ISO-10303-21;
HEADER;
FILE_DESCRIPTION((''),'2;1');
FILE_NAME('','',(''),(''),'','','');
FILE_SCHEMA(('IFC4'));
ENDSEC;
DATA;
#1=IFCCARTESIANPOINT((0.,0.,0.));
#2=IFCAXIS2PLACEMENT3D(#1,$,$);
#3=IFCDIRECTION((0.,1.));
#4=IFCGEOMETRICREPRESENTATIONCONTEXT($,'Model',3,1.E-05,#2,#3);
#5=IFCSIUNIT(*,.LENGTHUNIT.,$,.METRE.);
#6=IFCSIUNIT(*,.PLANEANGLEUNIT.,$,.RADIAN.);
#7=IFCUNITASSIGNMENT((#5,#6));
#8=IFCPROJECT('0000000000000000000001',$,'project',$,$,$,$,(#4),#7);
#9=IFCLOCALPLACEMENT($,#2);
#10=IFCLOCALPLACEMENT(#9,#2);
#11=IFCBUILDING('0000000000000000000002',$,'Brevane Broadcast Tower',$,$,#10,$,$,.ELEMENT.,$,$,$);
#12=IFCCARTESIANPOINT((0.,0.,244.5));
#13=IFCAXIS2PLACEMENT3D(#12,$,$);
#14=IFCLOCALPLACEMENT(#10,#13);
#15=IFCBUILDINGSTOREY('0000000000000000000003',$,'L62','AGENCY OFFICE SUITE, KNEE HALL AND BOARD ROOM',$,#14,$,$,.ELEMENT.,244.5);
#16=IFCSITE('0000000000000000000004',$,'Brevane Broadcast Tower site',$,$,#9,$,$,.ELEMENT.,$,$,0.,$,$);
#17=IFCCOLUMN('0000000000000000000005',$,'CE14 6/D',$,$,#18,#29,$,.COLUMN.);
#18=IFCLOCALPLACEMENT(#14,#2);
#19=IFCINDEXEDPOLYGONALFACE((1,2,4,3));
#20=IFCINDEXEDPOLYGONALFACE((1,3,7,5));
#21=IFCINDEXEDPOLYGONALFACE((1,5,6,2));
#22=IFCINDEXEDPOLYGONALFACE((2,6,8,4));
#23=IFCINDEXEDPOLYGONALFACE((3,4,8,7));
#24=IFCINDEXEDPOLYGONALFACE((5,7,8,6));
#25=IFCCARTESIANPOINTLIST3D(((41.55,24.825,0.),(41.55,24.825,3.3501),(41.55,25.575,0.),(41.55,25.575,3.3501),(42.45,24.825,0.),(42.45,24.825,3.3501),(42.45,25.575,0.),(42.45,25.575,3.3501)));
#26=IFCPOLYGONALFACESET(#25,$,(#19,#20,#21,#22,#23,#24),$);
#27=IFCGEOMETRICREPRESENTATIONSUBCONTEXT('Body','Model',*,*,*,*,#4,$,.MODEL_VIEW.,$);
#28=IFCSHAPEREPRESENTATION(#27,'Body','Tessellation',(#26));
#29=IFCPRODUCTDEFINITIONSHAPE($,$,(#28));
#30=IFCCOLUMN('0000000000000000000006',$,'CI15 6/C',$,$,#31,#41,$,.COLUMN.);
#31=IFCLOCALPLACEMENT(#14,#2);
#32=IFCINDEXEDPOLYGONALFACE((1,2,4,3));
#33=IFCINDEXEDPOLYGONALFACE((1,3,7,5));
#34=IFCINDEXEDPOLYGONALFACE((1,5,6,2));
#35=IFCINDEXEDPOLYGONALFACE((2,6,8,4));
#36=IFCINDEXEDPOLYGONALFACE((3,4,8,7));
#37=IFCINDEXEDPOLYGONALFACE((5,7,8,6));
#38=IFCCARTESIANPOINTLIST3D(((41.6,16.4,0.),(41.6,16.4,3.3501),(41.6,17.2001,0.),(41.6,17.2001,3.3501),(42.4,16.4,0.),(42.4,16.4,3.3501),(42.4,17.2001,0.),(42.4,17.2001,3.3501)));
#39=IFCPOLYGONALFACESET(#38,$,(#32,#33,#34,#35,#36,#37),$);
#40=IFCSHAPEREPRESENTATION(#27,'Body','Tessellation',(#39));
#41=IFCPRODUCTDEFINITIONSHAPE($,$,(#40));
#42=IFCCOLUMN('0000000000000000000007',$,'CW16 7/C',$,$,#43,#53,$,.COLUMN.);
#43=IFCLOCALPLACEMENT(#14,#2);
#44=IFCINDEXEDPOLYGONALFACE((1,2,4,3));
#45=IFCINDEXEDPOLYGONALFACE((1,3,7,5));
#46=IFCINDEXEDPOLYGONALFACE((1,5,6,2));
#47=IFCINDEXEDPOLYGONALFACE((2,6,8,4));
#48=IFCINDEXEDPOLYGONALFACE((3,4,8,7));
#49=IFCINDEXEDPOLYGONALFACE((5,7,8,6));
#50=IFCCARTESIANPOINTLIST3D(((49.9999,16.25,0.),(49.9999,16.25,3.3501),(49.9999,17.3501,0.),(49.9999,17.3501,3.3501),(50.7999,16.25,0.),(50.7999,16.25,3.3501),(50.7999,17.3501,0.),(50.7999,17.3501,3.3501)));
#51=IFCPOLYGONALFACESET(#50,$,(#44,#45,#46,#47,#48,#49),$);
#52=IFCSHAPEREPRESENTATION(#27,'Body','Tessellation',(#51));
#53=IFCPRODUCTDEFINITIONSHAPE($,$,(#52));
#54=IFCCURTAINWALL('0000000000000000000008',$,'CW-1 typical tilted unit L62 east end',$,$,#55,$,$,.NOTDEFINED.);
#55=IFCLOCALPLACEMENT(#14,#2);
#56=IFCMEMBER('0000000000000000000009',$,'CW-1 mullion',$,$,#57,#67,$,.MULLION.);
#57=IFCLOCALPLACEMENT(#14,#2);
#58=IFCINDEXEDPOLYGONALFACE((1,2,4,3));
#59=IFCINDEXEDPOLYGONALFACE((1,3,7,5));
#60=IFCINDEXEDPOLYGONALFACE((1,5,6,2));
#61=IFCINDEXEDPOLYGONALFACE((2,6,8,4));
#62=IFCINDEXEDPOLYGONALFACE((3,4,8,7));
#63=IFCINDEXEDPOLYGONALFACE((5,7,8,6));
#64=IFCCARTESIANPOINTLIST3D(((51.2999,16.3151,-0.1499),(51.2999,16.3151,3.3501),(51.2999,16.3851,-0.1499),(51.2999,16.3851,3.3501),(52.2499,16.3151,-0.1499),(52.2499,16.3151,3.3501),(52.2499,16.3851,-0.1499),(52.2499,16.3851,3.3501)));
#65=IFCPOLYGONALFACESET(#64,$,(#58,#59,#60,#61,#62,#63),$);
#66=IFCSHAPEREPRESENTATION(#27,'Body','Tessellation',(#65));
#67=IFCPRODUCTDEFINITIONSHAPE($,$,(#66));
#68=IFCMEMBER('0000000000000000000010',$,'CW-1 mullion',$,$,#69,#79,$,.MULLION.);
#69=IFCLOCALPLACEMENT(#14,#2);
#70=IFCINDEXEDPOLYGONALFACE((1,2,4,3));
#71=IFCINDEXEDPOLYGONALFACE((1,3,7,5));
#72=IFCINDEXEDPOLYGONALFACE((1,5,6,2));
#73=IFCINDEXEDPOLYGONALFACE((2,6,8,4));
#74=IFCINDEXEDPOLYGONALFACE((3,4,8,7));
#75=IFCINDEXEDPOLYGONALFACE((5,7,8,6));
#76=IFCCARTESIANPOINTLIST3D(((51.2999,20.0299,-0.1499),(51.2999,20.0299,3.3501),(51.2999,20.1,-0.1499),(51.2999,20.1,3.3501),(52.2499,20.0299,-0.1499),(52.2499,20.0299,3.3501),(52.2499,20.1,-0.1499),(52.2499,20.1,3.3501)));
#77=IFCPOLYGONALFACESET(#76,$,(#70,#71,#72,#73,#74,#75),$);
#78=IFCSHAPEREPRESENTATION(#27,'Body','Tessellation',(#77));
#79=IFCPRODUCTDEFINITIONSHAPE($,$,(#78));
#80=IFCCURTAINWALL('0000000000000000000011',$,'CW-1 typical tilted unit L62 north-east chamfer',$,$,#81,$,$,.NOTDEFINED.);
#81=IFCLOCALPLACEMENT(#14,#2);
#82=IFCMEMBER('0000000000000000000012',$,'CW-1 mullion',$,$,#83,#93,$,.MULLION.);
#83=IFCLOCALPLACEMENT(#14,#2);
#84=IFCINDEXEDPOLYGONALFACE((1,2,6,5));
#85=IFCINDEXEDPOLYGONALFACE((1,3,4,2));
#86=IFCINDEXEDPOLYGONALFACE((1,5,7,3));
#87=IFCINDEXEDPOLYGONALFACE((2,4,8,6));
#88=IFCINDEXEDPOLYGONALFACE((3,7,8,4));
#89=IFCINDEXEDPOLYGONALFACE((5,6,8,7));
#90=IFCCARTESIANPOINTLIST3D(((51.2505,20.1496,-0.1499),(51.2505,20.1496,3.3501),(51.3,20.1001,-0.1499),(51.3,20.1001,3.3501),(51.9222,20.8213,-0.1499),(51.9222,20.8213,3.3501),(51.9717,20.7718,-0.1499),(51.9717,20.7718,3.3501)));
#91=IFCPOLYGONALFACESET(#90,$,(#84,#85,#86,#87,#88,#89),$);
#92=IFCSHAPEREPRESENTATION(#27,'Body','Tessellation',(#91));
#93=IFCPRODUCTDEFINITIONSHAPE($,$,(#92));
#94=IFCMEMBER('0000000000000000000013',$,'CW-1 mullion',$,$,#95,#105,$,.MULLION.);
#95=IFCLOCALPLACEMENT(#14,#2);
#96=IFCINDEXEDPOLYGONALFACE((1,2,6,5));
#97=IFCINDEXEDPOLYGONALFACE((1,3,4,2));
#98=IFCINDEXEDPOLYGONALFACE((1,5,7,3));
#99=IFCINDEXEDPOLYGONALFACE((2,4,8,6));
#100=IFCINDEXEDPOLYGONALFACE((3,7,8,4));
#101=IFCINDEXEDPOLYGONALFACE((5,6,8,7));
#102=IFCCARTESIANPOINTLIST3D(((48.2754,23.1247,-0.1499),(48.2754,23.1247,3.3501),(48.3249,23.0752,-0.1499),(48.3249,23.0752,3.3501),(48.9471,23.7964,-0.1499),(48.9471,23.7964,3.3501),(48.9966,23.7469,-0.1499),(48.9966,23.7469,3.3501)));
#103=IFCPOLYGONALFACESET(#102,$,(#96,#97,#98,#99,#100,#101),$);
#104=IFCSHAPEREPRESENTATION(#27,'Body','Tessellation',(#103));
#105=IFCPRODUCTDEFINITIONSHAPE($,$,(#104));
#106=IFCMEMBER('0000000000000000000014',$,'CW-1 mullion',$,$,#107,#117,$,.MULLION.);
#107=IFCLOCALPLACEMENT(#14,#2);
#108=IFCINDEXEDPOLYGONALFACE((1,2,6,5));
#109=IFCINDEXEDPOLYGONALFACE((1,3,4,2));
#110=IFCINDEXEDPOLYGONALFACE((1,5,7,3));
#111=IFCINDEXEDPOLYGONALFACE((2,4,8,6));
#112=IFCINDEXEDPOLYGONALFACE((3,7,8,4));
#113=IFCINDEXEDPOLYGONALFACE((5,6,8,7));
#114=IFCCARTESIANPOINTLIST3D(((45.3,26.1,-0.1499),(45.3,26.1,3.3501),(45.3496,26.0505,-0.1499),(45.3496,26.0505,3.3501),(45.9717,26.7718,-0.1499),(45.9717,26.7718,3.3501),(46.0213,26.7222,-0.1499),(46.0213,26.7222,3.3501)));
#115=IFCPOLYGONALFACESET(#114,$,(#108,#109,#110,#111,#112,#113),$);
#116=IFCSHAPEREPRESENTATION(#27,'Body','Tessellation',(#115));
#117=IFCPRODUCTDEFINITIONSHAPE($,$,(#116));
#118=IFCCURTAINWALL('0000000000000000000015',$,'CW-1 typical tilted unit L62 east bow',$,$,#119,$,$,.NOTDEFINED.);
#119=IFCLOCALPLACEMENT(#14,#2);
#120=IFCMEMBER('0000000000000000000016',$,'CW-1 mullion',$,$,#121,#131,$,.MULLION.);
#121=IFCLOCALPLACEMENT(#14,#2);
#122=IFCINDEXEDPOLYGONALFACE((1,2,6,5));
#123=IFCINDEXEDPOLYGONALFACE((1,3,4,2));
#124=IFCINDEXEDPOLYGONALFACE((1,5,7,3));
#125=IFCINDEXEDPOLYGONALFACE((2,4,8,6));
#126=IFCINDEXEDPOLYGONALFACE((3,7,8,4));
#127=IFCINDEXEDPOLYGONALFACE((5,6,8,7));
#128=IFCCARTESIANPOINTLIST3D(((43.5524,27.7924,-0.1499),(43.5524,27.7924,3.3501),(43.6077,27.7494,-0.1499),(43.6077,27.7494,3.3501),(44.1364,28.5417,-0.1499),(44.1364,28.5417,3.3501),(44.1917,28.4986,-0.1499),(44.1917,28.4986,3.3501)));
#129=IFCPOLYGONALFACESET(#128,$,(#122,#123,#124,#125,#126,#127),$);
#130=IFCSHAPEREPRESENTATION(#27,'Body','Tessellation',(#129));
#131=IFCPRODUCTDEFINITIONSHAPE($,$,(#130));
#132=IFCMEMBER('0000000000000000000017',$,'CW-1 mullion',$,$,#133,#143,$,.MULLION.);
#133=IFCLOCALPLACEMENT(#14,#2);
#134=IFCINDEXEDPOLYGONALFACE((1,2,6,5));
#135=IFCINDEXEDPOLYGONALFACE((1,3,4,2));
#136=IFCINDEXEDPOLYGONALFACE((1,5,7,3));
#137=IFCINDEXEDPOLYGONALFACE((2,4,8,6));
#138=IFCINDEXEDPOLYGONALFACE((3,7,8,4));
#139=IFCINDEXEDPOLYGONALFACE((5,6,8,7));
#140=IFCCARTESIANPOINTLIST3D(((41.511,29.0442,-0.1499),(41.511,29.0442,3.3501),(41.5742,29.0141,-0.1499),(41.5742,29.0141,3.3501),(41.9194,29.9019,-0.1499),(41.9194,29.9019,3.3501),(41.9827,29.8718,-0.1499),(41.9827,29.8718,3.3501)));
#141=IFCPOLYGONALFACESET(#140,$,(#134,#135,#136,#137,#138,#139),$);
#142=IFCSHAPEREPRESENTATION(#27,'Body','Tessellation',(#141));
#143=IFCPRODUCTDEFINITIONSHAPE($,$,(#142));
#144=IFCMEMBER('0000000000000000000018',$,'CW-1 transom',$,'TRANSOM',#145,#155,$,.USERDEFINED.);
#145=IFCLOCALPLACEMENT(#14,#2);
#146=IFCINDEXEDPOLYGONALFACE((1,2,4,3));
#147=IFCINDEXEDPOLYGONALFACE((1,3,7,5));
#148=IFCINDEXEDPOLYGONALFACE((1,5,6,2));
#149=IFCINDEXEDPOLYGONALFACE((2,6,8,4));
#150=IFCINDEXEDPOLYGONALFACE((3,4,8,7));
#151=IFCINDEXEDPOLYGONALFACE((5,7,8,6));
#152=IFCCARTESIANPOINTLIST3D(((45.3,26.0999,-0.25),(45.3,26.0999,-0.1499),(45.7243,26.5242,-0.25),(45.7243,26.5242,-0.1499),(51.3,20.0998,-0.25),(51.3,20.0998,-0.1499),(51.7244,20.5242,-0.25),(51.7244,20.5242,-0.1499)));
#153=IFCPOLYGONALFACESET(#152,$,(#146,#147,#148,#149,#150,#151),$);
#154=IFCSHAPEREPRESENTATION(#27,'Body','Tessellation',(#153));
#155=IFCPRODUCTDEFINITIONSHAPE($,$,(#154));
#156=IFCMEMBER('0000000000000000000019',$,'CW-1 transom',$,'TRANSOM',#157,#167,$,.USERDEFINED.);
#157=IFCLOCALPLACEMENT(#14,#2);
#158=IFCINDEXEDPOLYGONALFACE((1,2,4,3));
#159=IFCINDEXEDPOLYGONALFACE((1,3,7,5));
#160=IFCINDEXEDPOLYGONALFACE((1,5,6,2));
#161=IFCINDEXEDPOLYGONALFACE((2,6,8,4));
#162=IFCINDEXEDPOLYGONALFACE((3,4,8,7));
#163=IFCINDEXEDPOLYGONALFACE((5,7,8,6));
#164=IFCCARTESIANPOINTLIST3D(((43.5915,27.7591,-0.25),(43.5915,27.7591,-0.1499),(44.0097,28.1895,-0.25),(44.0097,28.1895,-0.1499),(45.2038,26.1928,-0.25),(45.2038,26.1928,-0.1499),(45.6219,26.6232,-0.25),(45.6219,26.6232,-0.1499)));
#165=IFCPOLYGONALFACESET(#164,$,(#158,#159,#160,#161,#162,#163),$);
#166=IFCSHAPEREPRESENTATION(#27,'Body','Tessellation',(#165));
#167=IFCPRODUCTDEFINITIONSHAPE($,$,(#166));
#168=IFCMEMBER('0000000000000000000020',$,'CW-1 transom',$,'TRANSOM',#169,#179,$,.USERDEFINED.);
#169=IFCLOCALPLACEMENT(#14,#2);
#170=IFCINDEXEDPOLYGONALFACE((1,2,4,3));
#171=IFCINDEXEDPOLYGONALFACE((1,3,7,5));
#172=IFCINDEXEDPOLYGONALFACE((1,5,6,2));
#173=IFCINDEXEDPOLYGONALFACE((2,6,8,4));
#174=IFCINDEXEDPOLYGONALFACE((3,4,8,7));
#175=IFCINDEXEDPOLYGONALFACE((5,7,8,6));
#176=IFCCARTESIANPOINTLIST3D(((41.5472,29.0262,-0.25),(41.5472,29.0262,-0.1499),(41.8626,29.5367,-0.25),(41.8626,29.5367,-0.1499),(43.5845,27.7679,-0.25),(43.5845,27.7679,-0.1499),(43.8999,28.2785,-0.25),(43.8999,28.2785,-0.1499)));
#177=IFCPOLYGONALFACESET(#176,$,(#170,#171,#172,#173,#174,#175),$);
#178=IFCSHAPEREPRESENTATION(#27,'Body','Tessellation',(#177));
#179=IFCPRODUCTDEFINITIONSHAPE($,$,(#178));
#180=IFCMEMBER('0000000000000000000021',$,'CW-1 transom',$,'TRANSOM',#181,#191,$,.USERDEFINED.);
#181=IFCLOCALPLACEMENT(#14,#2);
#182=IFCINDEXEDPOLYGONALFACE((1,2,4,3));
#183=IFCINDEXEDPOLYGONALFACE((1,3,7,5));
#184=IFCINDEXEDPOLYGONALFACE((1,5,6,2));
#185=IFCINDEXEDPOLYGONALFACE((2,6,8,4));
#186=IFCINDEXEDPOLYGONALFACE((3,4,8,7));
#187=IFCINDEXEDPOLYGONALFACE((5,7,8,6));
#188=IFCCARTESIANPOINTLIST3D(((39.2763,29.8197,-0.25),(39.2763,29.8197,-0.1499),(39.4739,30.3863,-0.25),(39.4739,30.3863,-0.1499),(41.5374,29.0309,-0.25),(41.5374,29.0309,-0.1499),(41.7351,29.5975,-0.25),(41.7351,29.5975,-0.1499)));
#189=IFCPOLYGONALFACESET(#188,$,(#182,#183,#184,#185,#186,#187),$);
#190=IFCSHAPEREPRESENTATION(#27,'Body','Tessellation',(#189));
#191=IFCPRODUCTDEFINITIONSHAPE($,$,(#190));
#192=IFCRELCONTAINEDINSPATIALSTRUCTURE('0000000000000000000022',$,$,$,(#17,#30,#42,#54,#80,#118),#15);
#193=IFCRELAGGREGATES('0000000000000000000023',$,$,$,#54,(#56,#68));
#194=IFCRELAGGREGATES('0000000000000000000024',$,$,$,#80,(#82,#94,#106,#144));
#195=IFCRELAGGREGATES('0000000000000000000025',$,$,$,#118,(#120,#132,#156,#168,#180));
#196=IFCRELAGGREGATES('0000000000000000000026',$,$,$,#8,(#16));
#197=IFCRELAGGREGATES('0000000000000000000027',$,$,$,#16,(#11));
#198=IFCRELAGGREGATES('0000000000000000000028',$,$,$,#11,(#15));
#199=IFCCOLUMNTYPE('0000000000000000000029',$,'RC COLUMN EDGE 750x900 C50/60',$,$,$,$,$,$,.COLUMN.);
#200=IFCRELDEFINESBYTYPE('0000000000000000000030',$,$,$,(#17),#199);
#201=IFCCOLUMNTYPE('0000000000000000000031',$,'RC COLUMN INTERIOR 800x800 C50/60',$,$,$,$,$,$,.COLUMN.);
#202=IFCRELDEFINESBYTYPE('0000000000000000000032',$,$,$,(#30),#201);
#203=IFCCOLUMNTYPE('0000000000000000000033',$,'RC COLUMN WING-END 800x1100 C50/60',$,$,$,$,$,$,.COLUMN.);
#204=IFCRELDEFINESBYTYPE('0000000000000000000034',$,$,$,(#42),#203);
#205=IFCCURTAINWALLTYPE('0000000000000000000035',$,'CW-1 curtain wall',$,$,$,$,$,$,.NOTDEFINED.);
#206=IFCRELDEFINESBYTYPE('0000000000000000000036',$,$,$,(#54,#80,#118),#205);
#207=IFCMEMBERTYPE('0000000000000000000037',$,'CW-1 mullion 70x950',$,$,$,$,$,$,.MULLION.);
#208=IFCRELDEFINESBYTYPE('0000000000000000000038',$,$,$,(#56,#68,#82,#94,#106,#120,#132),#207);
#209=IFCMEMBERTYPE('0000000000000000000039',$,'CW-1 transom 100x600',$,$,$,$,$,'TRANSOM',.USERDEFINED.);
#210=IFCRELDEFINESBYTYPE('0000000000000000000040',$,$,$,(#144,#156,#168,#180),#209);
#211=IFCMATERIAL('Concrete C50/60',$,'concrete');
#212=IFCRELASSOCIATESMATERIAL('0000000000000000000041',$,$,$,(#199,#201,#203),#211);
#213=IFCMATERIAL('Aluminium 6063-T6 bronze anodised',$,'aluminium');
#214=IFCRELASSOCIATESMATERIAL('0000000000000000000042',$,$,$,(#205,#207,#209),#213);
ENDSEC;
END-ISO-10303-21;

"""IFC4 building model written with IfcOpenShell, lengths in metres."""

from ifc_helpers import new_model, si_unit, direction, frame, origin, origin_2d, place, context, subcontext, project, spatial, rectangle, extrude, material, material_profile, profile_set, type_object, element, aggregate, save


model = new_model("IFC4")

# Units and contexts
model_context = context("Model", 3, precision=1e-05, world=origin(), true_north=direction((0.0, 1.0)))
body_context = subcontext(model_context, "Body", "Model", "MODEL_VIEW")
ifc_project = project(units=[si_unit("LENGTHUNIT", "METRE"), si_unit("PLANEANGLEUNIT", "RADIAN")], contexts=[model_context])

# Site, building, storey
site_placement = place(None, origin())
site = spatial("IfcSite", under=ifc_project, at=site_placement, Name="Brevane Broadcast Tower site", CompositionType="ELEMENT", RefElevation=0.0)
building_placement = place(site_placement, origin())
building = spatial("IfcBuilding", under=site, at=building_placement, Name="Brevane Broadcast Tower", CompositionType="ELEMENT")
storey_placement = place(building_placement, frame((0.0, 0.0, 244.5)))
storey = spatial("IfcBuildingStorey", under=building, at=storey_placement, Name="L62", Description="AGENCY OFFICE SUITE, KNEE HALL AND BOARD ROOM", CompositionType="ELEMENT", Elevation=244.5)

# Columns
ifc_material_1 = material(Name="Concrete C50/60", Category="concrete")
ifc_material_profile_1 = material_profile(ifc_material_1, rectangle(XDim=0.75, YDim=0.8999, at=origin_2d()), Name="RC 750x900")
ifc_profile_set_1 = profile_set([ifc_material_profile_1], Name="Concrete C50/60")
column_type_1 = type_object("IfcColumnType", Name="RC COLUMN EDGE 750x900 C50/60", PredefinedType="COLUMN", material=ifc_profile_set_1)
column_1_placement = place(storey_placement, frame((42.0, 25.2, 0.0), z_axis=(0.0, 0.0, 1.0), x_axis=(0.0, 1.0, 0.0)))
element("IfcColumn", 1, at=column_1_placement, inside=storey, type_object=column_type_1, Name="CE14 6/D", PredefinedType="COLUMN", context=body_context, shape_type="SweptSolid", body=[
    extrude(rectangle(XDim=0.75, YDim=0.8999, at=origin_2d()), origin(), (0.0, 0.0, 1.0), 3.3501),
])
ifc_material_profile_2 = material_profile(ifc_material_1, rectangle(XDim=0.8, YDim=0.8, at=origin_2d()), Name="RC 800x800")
ifc_profile_set_2 = profile_set([ifc_material_profile_2], Name="Concrete C50/60")
column_type_2 = type_object("IfcColumnType", Name="RC COLUMN INTERIOR 800x800 C50/60", PredefinedType="COLUMN", material=ifc_profile_set_2)
column_2_placement = place(storey_placement, frame((42.0, 16.8, 0.0), z_axis=(0.0, 0.0, 1.0), x_axis=(1.0, 0.0, 0.0)))
element("IfcColumn", 2, at=column_2_placement, inside=storey, type_object=column_type_2, Name="CI15 6/C", PredefinedType="COLUMN", context=body_context, shape_type="SweptSolid", body=[
    extrude(rectangle(XDim=0.8, YDim=0.8, at=origin_2d()), origin(), (0.0, 0.0, 1.0), 3.3501),
])
ifc_material_profile_3 = material_profile(ifc_material_1, rectangle(XDim=0.8, YDim=1.1001, at=origin_2d()), Name="RC 800x1100")
ifc_profile_set_3 = profile_set([ifc_material_profile_3], Name="Concrete C50/60")
column_type_3 = type_object("IfcColumnType", Name="RC COLUMN WING-END 800x1100 C50/60", PredefinedType="COLUMN", material=ifc_profile_set_3)
column_3_placement = place(storey_placement, frame((50.3999, 16.8, 0.0), z_axis=(0.0, 0.0, 1.0), x_axis=(1.0, 0.0, 0.0)))
element("IfcColumn", 3, at=column_3_placement, inside=storey, type_object=column_type_3, Name="CW16 7/C", PredefinedType="COLUMN", context=body_context, shape_type="SweptSolid", body=[
    extrude(rectangle(XDim=0.8, YDim=1.1001, at=origin_2d()), origin(), (0.0, 0.0, 1.0), 3.3501),
])

# Curtain walls, members
ifc_material_2 = material(Name="Aluminium 6063-T6 bronze anodised", Category="aluminium")
curtain_wall_type = type_object("IfcCurtainWallType", Name="CW-1 curtain wall", PredefinedType="NOTDEFINED", material=ifc_material_2)
curtain_wall_1_placement = place(storey_placement, origin())
curtain_wall_1 = element("IfcCurtainWall", 4, at=curtain_wall_1_placement, inside=storey, type_object=curtain_wall_type, Name="CW-1 typical tilted unit L62 east end", PredefinedType="NOTDEFINED")
ifc_material_profile_4 = material_profile(ifc_material_2, rectangle(XDim=0.95, YDim=0.0701, at=origin_2d()), Name="RECT 70x950")
ifc_profile_set_4 = profile_set([ifc_material_profile_4], Name="Aluminium 6063-T6 bronze anodised")
member_type_1 = type_object("IfcMemberType", Name="CW-1 mullion 70x950", PredefinedType="MULLION", material=ifc_profile_set_4)
member_1_placement = place(storey_placement, frame((51.7749, 16.3501, -0.1499), z_axis=(0.0, 0.0, 1.0), x_axis=(-1.0, 0.0, 0.0)))
member_1 = element("IfcMember", 5, at=member_1_placement, type_object=member_type_1, Name="CW-1 mullion", PredefinedType="MULLION", context=body_context, shape_type="SweptSolid", body=[
    extrude(rectangle(XDim=0.95, YDim=0.0701, at=origin_2d()), origin(), (0.0, 0.0, 1.0), 3.5),
])
member_2_placement = place(storey_placement, frame((51.7749, 20.0649, -0.1499), z_axis=(0.0, 0.0, 1.0), x_axis=(-1.0, 0.0, 0.0)))
member_2 = element("IfcMember", 6, at=member_2_placement, type_object=member_type_1, Name="CW-1 mullion", PredefinedType="MULLION", context=body_context, shape_type="SweptSolid", body=[
    extrude(rectangle(XDim=0.95, YDim=0.0701, at=origin_2d()), origin(), (0.0, 0.0, 1.0), 3.5),
])
aggregate(curtain_wall_1, [member_1, member_2])
curtain_wall_2_placement = place(storey_placement, origin())
curtain_wall_2 = element("IfcCurtainWall", 7, at=curtain_wall_2_placement, inside=storey, type_object=curtain_wall_type, Name="CW-1 typical tilted unit L62 north-east chamfer", PredefinedType="NOTDEFINED")
member_3_placement = place(storey_placement, frame((51.6111, 20.4607, -0.1499), z_axis=(0.0, 0.0, 1.0), x_axis=(-0.707107, -0.707107, 0.0)))
member_3 = element("IfcMember", 8, at=member_3_placement, type_object=member_type_1, Name="CW-1 mullion", PredefinedType="MULLION", context=body_context, shape_type="SweptSolid", body=[
    extrude(rectangle(XDim=0.95, YDim=0.0701, at=origin_2d()), origin(), (0.0, 0.0, 1.0), 3.5),
])
member_4_placement = place(storey_placement, frame((48.636, 23.4358, -0.1499), z_axis=(0.0, 0.0, 1.0), x_axis=(-0.707107, -0.707107, 0.0)))
member_4 = element("IfcMember", 9, at=member_4_placement, type_object=member_type_1, Name="CW-1 mullion", PredefinedType="MULLION", context=body_context, shape_type="SweptSolid", body=[
    extrude(rectangle(XDim=0.95, YDim=0.0701, at=origin_2d()), origin(), (0.0, 0.0, 1.0), 3.5),
])
member_5_placement = place(storey_placement, frame((45.6606, 26.4111, -0.1499), z_axis=(0.0, 0.0, 1.0), x_axis=(-0.707107, -0.707107, 0.0)))
member_5 = element("IfcMember", 10, at=member_5_placement, type_object=member_type_1, Name="CW-1 mullion", PredefinedType="MULLION", context=body_context, shape_type="SweptSolid", body=[
    extrude(rectangle(XDim=0.95, YDim=0.0701, at=origin_2d()), origin(), (0.0, 0.0, 1.0), 3.5),
])
curtain_wall_3_placement = place(storey_placement, origin())
curtain_wall_3 = element("IfcCurtainWall", 11, at=curtain_wall_3_placement, inside=storey, type_object=curtain_wall_type, Name="CW-1 typical tilted unit L62 east bow", PredefinedType="NOTDEFINED")
member_6_placement = place(storey_placement, frame((43.8721, 28.1455, -0.1499), z_axis=(0.0, 0.0, 1.0), x_axis=(-0.61477, -0.788707, 0.0)))
member_6 = element("IfcMember", 12, at=member_6_placement, type_object=member_type_1, Name="CW-1 mullion", PredefinedType="MULLION", context=body_context, shape_type="SweptSolid", body=[
    extrude(rectangle(XDim=0.95, YDim=0.0701, at=origin_2d()), origin(), (0.0, 0.0, 1.0), 3.5),
])
member_7_placement = place(storey_placement, frame((41.7468, 29.458, -0.1499), z_axis=(0.0, 0.0, 1.0), x_axis=(-0.429934, -0.902861, 0.0)))
member_7 = element("IfcMember", 13, at=member_7_placement, type_object=member_type_1, Name="CW-1 mullion", PredefinedType="MULLION", context=body_context, shape_type="SweptSolid", body=[
    extrude(rectangle(XDim=0.95, YDim=0.0701, at=origin_2d()), origin(), (0.0, 0.0, 1.0), 3.5),
])

# Members
ifc_material_profile_5 = material_profile(ifc_material_2, rectangle(XDim=0.6001, YDim=0.1001, at=origin_2d()), Name="RECT 100x600")
ifc_profile_set_5 = profile_set([ifc_material_profile_5], Name="Aluminium 6063-T6 bronze anodised")
member_type_2 = type_object("IfcMemberType", Name="CW-1 transom 100x600", ElementType="TRANSOM", PredefinedType="USERDEFINED", material=ifc_profile_set_5)
member_8_placement = place(storey_placement, frame((51.5122, 20.312, -0.2), z_axis=(-0.707107, 0.707107, 0.0), x_axis=(-0.707107, -0.707107, 0.0)))
member_8 = element("IfcMember", 14, at=member_8_placement, type_object=member_type_2, Name="CW-1 transom", ObjectType="TRANSOM", PredefinedType="USERDEFINED", context=body_context, shape_type="SweptSolid", body=[
    extrude(rectangle(XDim=0.6001, YDim=0.1001, at=origin_2d()), origin(), (0.0, 0.0, 1.0), 8.4854),
])
aggregate(curtain_wall_2, [member_3, member_4, member_5, member_8])
member_9_placement = place(storey_placement, frame((45.4128, 26.408, -0.2), z_axis=(-0.717242, 0.696824, 0.0), x_axis=(-0.696824, -0.717242, 0.0)))
member_9 = element("IfcMember", 15, at=member_9_placement, type_object=member_type_2, Name="CW-1 transom", ObjectType="TRANSOM", PredefinedType="USERDEFINED", context=body_context, shape_type="SweptSolid", body=[
    extrude(rectangle(XDim=0.6001, YDim=0.1001, at=origin_2d()), origin(), (0.0, 0.0, 1.0), 2.2478),
])
member_10_placement = place(storey_placement, frame((43.7422, 28.0232, -0.2), z_axis=(-0.85081, 0.525473, 0.0), x_axis=(-0.525473, -0.85081, 0.0)))
member_10 = element("IfcMember", 16, at=member_10_placement, type_object=member_type_2, Name="CW-1 transom", ObjectType="TRANSOM", PredefinedType="USERDEFINED", context=body_context, shape_type="SweptSolid", body=[
    extrude(rectangle(XDim=0.6001, YDim=0.1001, at=origin_2d()), origin(), (0.0, 0.0, 1.0), 2.3945),
])
member_11_placement = place(storey_placement, frame((41.6362, 29.3142, -0.2), z_axis=(-0.944198, 0.329378, 0.0), x_axis=(-0.329378, -0.944198, 0.0)))
member_11 = element("IfcMember", 17, at=member_11_placement, type_object=member_type_2, Name="CW-1 transom", ObjectType="TRANSOM", PredefinedType="USERDEFINED", context=body_context, shape_type="SweptSolid", body=[
    extrude(rectangle(XDim=0.6001, YDim=0.1001, at=origin_2d()), origin(), (0.0, 0.0, 1.0), 2.3948),
])
aggregate(curtain_wall_3, [member_6, member_7, member_9, member_10, member_11])

save(model, "model.ifc")
